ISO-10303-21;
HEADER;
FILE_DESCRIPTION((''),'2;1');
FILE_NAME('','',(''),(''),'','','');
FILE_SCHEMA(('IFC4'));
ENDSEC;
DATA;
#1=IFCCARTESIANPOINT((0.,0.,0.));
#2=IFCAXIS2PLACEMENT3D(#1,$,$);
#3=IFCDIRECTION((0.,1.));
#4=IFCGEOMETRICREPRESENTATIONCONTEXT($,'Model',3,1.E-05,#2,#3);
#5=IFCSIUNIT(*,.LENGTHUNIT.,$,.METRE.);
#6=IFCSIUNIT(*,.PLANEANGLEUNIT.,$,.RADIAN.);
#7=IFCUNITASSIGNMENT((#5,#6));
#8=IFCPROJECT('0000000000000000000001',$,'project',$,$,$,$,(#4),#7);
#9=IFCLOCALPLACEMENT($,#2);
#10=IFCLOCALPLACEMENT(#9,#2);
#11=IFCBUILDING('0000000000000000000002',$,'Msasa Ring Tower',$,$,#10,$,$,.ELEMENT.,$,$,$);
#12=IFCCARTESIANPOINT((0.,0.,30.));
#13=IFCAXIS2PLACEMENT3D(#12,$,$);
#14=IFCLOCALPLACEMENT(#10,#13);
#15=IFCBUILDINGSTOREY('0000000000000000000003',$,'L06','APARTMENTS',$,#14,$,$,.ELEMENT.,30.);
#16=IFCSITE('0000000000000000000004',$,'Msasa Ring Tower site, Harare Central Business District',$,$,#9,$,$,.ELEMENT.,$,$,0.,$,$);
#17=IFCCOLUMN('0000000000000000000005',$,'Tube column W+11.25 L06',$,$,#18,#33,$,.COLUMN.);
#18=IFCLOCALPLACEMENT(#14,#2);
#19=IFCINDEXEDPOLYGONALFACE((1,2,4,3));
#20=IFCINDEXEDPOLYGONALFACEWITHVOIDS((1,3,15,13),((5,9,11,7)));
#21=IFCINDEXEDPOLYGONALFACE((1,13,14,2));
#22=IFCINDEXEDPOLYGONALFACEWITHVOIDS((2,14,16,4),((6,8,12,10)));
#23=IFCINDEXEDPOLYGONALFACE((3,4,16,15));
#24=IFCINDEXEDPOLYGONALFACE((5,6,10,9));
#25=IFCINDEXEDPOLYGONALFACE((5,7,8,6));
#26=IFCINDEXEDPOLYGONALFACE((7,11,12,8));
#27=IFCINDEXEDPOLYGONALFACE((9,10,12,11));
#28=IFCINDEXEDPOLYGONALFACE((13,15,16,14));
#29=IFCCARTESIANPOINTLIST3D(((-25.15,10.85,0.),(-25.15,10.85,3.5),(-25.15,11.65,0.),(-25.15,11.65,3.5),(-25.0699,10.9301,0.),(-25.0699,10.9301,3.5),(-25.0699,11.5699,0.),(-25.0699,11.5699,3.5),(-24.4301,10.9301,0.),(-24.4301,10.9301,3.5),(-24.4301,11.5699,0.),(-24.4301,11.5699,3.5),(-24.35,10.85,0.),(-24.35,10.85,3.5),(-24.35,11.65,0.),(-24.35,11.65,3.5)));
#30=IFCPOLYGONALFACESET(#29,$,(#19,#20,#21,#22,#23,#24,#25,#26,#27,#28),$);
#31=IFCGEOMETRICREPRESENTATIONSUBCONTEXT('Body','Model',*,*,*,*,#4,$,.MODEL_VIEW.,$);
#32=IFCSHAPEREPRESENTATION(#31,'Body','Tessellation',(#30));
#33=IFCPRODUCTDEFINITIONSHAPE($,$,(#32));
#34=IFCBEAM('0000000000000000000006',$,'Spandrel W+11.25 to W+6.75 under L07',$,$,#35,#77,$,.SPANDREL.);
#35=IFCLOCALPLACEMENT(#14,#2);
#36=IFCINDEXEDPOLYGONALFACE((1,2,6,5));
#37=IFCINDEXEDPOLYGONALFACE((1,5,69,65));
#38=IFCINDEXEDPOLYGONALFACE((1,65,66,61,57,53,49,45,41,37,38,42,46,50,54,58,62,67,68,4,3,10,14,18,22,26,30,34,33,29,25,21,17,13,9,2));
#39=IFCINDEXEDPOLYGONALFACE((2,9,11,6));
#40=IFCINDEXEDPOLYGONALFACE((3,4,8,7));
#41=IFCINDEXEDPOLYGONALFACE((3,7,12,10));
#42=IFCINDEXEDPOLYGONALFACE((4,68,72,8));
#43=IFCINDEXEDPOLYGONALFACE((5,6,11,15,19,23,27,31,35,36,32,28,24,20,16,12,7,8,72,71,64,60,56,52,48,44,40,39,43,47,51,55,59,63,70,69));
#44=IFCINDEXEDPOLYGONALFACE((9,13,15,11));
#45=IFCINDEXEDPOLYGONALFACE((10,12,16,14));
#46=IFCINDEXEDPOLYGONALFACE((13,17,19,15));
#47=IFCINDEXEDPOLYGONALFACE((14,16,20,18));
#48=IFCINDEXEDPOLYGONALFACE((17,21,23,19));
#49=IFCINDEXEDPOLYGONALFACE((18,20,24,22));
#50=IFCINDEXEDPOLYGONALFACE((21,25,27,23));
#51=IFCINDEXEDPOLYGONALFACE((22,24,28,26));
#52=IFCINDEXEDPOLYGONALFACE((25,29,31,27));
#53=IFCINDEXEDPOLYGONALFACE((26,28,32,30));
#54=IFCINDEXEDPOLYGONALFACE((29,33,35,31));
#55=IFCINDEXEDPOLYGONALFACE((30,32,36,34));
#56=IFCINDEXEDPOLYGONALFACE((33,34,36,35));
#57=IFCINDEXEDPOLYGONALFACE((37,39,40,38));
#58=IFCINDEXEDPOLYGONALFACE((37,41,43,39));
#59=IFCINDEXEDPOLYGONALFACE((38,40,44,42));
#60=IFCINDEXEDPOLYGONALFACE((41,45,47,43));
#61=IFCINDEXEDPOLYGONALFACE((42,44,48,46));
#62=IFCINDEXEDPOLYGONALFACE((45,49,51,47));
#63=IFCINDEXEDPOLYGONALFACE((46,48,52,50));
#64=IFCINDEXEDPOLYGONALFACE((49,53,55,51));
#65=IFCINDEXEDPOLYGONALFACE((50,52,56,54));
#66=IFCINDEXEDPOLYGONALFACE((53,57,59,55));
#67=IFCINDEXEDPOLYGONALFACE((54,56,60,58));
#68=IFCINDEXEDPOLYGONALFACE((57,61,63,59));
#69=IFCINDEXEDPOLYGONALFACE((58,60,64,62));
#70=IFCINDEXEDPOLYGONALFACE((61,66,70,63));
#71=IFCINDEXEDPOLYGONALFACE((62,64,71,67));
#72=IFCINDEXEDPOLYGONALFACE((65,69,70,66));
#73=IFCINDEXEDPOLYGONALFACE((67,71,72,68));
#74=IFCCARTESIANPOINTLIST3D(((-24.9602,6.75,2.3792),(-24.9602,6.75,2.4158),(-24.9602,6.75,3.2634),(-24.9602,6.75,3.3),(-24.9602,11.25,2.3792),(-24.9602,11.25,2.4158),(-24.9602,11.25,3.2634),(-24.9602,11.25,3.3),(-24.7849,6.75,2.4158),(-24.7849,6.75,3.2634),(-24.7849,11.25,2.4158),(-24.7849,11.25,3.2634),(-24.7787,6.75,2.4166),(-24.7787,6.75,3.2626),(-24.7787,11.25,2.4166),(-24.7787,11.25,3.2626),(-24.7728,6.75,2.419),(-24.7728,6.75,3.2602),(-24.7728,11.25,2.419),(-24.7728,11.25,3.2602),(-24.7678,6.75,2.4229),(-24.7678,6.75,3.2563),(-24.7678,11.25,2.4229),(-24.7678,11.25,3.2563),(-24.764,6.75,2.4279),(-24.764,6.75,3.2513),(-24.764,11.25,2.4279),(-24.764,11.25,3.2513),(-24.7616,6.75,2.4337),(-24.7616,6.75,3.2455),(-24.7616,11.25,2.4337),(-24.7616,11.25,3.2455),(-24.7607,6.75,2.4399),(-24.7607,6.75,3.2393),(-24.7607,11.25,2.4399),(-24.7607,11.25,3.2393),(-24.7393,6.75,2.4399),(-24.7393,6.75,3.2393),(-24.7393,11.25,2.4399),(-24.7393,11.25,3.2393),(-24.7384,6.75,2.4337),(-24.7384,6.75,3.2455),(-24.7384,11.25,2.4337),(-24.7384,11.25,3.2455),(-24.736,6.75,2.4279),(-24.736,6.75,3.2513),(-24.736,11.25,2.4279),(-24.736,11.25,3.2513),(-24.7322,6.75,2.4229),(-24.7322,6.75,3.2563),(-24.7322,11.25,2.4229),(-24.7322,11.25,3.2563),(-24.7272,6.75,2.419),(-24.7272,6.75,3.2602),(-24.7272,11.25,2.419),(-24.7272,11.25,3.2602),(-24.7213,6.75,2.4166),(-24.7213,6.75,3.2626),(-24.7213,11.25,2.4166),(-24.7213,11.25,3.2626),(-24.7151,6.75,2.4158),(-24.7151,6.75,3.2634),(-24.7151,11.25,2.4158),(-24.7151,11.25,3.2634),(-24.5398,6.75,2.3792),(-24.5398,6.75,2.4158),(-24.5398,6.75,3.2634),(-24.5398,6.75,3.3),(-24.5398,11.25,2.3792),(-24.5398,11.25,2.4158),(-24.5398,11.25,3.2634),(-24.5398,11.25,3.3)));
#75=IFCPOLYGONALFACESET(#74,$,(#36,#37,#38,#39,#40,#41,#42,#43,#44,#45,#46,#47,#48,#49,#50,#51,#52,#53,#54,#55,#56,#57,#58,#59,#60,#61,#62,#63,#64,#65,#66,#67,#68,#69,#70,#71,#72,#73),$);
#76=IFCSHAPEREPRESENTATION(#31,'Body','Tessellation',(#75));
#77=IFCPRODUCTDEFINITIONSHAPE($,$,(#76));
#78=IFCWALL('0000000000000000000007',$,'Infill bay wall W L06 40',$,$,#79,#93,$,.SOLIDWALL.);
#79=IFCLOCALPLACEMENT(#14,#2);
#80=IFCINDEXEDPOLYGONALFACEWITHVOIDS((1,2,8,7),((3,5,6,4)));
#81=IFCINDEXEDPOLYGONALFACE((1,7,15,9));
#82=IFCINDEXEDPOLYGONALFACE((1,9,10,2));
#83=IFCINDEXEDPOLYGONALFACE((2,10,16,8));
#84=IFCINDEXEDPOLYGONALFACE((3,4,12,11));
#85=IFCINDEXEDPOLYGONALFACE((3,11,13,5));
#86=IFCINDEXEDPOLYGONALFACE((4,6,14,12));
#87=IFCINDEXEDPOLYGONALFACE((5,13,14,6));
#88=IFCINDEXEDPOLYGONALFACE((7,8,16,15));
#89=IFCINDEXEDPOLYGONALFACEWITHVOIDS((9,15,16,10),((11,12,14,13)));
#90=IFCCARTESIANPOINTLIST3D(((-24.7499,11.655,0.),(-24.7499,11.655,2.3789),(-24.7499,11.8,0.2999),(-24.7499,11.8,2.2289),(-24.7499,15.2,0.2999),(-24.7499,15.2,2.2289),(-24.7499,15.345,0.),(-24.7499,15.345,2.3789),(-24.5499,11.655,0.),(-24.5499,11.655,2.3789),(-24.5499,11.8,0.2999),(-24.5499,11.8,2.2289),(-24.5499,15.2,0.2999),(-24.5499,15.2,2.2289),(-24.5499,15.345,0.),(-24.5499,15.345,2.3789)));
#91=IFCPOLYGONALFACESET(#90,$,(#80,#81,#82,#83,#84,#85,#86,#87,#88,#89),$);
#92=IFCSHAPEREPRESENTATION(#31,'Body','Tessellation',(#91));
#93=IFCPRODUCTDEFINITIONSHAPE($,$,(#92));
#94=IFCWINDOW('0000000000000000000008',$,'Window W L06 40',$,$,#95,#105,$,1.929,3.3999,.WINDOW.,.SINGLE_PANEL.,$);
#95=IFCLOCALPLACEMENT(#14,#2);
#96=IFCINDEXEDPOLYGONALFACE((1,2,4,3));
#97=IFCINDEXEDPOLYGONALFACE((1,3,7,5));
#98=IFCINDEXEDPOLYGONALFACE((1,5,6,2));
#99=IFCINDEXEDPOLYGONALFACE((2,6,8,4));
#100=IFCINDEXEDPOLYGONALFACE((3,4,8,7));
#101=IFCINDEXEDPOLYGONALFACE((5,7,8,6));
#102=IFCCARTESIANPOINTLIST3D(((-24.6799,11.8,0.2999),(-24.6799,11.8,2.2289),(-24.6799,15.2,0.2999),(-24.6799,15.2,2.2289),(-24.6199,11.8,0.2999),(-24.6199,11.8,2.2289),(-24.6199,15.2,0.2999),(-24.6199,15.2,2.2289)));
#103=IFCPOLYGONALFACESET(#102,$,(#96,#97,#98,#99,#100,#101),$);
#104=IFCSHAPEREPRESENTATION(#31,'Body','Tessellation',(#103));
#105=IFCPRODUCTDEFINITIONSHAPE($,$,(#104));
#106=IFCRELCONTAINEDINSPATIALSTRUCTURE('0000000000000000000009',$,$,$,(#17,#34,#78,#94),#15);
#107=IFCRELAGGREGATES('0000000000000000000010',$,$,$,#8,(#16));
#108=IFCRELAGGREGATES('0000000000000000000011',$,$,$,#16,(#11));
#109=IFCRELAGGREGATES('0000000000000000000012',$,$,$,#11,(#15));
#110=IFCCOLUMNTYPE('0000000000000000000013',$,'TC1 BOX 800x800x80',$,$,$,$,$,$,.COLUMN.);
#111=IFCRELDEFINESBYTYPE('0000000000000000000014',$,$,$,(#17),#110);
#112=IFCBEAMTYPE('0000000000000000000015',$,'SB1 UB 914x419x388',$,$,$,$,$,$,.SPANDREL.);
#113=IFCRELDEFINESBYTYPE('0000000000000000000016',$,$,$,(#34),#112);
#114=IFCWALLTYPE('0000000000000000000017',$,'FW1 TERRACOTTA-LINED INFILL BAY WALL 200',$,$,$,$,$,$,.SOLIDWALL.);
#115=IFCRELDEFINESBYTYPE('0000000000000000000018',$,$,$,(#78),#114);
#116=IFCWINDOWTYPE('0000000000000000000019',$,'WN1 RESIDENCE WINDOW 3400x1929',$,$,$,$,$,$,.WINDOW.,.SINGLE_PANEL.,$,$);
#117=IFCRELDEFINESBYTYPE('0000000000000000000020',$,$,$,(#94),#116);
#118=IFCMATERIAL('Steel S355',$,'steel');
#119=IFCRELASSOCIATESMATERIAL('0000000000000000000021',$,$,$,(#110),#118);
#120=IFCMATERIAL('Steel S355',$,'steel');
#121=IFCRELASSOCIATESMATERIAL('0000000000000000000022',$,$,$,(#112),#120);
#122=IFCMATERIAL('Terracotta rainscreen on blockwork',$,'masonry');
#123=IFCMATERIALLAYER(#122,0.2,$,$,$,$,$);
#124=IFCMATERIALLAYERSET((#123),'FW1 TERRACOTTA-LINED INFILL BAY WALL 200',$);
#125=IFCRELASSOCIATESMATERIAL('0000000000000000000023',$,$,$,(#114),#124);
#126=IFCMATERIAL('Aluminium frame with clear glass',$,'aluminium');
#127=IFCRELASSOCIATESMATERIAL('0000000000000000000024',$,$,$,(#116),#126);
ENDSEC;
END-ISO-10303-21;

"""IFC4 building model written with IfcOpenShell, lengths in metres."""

from ifc_helpers import new_model, si_unit, direction, frame, frame_2d, origin, origin_2d, place, context, subcontext, project, spatial, rectangle, hollow_rectangle, i_section, extrude, material, layer, layer_set, material_profile, profile_set, type_object, element, fill, save


model = new_model("IFC4")

# Units and contexts
model_context = context("Model", 3, precision=1e-05, world=origin(), true_north=direction((0.0, 1.0)))
body_context = subcontext(model_context, "Body", "Model", "MODEL_VIEW")
ifc_project = project(units=[si_unit("LENGTHUNIT", "METRE"), si_unit("PLANEANGLEUNIT", "RADIAN")], contexts=[model_context])

# Site, building, storey
site_placement = place(None, origin())
site = spatial("IfcSite", under=ifc_project, at=site_placement, Name="Msasa Ring Tower site, Harare Central Business District", CompositionType="ELEMENT", RefElevation=0.0)
building_placement = place(site_placement, origin())
building = spatial("IfcBuilding", under=site, at=building_placement, Name="Msasa Ring Tower", CompositionType="ELEMENT")
storey_placement = place(building_placement, frame((0.0, 0.0, 30.0)))
storey = spatial("IfcBuildingStorey", under=building, at=storey_placement, Name="L06", Description="APARTMENTS", CompositionType="ELEMENT", Elevation=30.0)

# Column
ifc_material_1 = material(Name="Steel S355", Category="steel")
ifc_material_profile_1 = material_profile(ifc_material_1, hollow_rectangle(XDim=0.8, YDim=0.8, WallThickness=0.0801, at=origin_2d()), Name="BOX 800x800x80")
ifc_profile_set_1 = profile_set([ifc_material_profile_1], Name="Steel S355")
column_type = type_object("IfcColumnType", Name="TC1 BOX 800x800x80", PredefinedType="COLUMN", material=ifc_profile_set_1)
column_placement = place(storey_placement, frame((-24.75, 11.25, 0.0), z_axis=(0.0, 0.0, 1.0), x_axis=(1.0, 0.0, 0.0)))
element("IfcColumn", 1, at=column_placement, inside=storey, type_object=column_type, Name="Tube column W+11.25 L06", PredefinedType="COLUMN", context=body_context, shape_type="SweptSolid", body=[
    extrude(hollow_rectangle(XDim=0.8, YDim=0.8, WallThickness=0.0801, at=origin_2d()), origin(), (0.0, 0.0, 1.0), 3.5),
])

# Beam
ifc_material_2 = material(Name="Steel S355", Category="steel")
ifc_material_profile_2 = material_profile(ifc_material_2, i_section(OverallWidth=0.4204, OverallDepth=0.9209, WebThickness=0.0215, FlangeThickness=0.0366, FilletRadius=0.0242, at=origin_2d()), Name="UB 914x419x388")
ifc_profile_set_2 = profile_set([ifc_material_profile_2], Name="Steel S355")
beam_type = type_object("IfcBeamType", Name="SB1 UB 914x419x388", PredefinedType="SPANDREL", material=ifc_profile_set_2)
beam_placement = place(storey_placement, frame((-24.75, 11.25, 2.8396), z_axis=(0.0, -1.0, 0.0), x_axis=(1.0, 0.0, 0.0)))
element("IfcBeam", 2, at=beam_placement, inside=storey, type_object=beam_type, Name="Spandrel W+11.25 to W+6.75 under L07", PredefinedType="SPANDREL", context=body_context, shape_type="SweptSolid", body=[
    extrude(i_section(OverallWidth=0.4204, OverallDepth=0.9209, WebThickness=0.0215, FlangeThickness=0.0366, FilletRadius=0.0242, at=origin_2d()), origin(), (0.0, 0.0, 1.0), 4.5),
])

# Wall, opening, window
ifc_material_3 = material(Name="Terracotta rainscreen on blockwork", Category="masonry")
ifc_layer_1 = layer(ifc_material_3, 0.2)
ifc_layer_set_1 = layer_set([ifc_layer_1], Name="FW1 TERRACOTTA-LINED INFILL BAY WALL 200")
wall_type_1 = type_object("IfcWallType", Name="FW1 TERRACOTTA-LINED INFILL BAY WALL 200", PredefinedType="SOLIDWALL", material=ifc_layer_set_1)
wall_1_placement = place(storey_placement, frame((-24.6499, 11.655, 0.0), z_axis=(0.0, 0.0, 1.0), x_axis=(0.0, 1.0, 0.0)))
wall_1 = element("IfcWall", 3, at=wall_1_placement, inside=storey, type_object=wall_type_1, Name="Infill bay wall W L06 40", PredefinedType="SOLIDWALL", context=body_context, shape_type="SweptSolid", body=[
    extrude(rectangle(XDim=3.6899, YDim=0.2, at=frame_2d((1.845, 0.0))), origin(), (0.0, 0.0, 1.0), 2.3789),
])
opening_1_placement = place(wall_1_placement, frame((0.145, 0.0, 0.3)))
opening_1 = element("IfcOpeningElement", 4, at=opening_1_placement, cuts=wall_1, PredefinedType="OPENING", context=body_context, shape_type="SweptSolid", body=[
    extrude(rectangle(XDim=3.3999, YDim=1.929, at=frame_2d((1.7, 0.9644))), frame((0.0, 0.1099, 0.0), z_axis=(0.0, -1.0, 0.0), x_axis=(1.0, 0.0, 0.0)), (0.0, 0.0, 1.0), 0.22),
])
ifc_material_4 = material(Name="Aluminium frame with clear glass", Category="aluminium")
window_type = type_object("IfcWindowType", Name="WN1 RESIDENCE WINDOW 3400x1929", PartitioningType="SINGLE_PANEL", PredefinedType="WINDOW", material=ifc_material_4)
window_placement = place(opening_1_placement, origin())
window = element("IfcWindow", 5, at=window_placement, inside=storey, type_object=window_type, Name="Window W L06 40", OverallHeight=1.929, OverallWidth=3.3999, PartitioningType="SINGLE_PANEL", PredefinedType="WINDOW", context=body_context, shape_type="SweptSolid", body=[
    extrude(rectangle(XDim=3.3999, YDim=1.929, at=frame_2d((1.7, 0.9644))), frame((0.0, 0.03, 0.0), z_axis=(0.0, -1.0, 0.0), x_axis=(1.0, 0.0, 0.0)), (0.0, 0.0, 1.0), 0.0601),
])
fill(opening_1, window)

save(model, "model.ifc")
